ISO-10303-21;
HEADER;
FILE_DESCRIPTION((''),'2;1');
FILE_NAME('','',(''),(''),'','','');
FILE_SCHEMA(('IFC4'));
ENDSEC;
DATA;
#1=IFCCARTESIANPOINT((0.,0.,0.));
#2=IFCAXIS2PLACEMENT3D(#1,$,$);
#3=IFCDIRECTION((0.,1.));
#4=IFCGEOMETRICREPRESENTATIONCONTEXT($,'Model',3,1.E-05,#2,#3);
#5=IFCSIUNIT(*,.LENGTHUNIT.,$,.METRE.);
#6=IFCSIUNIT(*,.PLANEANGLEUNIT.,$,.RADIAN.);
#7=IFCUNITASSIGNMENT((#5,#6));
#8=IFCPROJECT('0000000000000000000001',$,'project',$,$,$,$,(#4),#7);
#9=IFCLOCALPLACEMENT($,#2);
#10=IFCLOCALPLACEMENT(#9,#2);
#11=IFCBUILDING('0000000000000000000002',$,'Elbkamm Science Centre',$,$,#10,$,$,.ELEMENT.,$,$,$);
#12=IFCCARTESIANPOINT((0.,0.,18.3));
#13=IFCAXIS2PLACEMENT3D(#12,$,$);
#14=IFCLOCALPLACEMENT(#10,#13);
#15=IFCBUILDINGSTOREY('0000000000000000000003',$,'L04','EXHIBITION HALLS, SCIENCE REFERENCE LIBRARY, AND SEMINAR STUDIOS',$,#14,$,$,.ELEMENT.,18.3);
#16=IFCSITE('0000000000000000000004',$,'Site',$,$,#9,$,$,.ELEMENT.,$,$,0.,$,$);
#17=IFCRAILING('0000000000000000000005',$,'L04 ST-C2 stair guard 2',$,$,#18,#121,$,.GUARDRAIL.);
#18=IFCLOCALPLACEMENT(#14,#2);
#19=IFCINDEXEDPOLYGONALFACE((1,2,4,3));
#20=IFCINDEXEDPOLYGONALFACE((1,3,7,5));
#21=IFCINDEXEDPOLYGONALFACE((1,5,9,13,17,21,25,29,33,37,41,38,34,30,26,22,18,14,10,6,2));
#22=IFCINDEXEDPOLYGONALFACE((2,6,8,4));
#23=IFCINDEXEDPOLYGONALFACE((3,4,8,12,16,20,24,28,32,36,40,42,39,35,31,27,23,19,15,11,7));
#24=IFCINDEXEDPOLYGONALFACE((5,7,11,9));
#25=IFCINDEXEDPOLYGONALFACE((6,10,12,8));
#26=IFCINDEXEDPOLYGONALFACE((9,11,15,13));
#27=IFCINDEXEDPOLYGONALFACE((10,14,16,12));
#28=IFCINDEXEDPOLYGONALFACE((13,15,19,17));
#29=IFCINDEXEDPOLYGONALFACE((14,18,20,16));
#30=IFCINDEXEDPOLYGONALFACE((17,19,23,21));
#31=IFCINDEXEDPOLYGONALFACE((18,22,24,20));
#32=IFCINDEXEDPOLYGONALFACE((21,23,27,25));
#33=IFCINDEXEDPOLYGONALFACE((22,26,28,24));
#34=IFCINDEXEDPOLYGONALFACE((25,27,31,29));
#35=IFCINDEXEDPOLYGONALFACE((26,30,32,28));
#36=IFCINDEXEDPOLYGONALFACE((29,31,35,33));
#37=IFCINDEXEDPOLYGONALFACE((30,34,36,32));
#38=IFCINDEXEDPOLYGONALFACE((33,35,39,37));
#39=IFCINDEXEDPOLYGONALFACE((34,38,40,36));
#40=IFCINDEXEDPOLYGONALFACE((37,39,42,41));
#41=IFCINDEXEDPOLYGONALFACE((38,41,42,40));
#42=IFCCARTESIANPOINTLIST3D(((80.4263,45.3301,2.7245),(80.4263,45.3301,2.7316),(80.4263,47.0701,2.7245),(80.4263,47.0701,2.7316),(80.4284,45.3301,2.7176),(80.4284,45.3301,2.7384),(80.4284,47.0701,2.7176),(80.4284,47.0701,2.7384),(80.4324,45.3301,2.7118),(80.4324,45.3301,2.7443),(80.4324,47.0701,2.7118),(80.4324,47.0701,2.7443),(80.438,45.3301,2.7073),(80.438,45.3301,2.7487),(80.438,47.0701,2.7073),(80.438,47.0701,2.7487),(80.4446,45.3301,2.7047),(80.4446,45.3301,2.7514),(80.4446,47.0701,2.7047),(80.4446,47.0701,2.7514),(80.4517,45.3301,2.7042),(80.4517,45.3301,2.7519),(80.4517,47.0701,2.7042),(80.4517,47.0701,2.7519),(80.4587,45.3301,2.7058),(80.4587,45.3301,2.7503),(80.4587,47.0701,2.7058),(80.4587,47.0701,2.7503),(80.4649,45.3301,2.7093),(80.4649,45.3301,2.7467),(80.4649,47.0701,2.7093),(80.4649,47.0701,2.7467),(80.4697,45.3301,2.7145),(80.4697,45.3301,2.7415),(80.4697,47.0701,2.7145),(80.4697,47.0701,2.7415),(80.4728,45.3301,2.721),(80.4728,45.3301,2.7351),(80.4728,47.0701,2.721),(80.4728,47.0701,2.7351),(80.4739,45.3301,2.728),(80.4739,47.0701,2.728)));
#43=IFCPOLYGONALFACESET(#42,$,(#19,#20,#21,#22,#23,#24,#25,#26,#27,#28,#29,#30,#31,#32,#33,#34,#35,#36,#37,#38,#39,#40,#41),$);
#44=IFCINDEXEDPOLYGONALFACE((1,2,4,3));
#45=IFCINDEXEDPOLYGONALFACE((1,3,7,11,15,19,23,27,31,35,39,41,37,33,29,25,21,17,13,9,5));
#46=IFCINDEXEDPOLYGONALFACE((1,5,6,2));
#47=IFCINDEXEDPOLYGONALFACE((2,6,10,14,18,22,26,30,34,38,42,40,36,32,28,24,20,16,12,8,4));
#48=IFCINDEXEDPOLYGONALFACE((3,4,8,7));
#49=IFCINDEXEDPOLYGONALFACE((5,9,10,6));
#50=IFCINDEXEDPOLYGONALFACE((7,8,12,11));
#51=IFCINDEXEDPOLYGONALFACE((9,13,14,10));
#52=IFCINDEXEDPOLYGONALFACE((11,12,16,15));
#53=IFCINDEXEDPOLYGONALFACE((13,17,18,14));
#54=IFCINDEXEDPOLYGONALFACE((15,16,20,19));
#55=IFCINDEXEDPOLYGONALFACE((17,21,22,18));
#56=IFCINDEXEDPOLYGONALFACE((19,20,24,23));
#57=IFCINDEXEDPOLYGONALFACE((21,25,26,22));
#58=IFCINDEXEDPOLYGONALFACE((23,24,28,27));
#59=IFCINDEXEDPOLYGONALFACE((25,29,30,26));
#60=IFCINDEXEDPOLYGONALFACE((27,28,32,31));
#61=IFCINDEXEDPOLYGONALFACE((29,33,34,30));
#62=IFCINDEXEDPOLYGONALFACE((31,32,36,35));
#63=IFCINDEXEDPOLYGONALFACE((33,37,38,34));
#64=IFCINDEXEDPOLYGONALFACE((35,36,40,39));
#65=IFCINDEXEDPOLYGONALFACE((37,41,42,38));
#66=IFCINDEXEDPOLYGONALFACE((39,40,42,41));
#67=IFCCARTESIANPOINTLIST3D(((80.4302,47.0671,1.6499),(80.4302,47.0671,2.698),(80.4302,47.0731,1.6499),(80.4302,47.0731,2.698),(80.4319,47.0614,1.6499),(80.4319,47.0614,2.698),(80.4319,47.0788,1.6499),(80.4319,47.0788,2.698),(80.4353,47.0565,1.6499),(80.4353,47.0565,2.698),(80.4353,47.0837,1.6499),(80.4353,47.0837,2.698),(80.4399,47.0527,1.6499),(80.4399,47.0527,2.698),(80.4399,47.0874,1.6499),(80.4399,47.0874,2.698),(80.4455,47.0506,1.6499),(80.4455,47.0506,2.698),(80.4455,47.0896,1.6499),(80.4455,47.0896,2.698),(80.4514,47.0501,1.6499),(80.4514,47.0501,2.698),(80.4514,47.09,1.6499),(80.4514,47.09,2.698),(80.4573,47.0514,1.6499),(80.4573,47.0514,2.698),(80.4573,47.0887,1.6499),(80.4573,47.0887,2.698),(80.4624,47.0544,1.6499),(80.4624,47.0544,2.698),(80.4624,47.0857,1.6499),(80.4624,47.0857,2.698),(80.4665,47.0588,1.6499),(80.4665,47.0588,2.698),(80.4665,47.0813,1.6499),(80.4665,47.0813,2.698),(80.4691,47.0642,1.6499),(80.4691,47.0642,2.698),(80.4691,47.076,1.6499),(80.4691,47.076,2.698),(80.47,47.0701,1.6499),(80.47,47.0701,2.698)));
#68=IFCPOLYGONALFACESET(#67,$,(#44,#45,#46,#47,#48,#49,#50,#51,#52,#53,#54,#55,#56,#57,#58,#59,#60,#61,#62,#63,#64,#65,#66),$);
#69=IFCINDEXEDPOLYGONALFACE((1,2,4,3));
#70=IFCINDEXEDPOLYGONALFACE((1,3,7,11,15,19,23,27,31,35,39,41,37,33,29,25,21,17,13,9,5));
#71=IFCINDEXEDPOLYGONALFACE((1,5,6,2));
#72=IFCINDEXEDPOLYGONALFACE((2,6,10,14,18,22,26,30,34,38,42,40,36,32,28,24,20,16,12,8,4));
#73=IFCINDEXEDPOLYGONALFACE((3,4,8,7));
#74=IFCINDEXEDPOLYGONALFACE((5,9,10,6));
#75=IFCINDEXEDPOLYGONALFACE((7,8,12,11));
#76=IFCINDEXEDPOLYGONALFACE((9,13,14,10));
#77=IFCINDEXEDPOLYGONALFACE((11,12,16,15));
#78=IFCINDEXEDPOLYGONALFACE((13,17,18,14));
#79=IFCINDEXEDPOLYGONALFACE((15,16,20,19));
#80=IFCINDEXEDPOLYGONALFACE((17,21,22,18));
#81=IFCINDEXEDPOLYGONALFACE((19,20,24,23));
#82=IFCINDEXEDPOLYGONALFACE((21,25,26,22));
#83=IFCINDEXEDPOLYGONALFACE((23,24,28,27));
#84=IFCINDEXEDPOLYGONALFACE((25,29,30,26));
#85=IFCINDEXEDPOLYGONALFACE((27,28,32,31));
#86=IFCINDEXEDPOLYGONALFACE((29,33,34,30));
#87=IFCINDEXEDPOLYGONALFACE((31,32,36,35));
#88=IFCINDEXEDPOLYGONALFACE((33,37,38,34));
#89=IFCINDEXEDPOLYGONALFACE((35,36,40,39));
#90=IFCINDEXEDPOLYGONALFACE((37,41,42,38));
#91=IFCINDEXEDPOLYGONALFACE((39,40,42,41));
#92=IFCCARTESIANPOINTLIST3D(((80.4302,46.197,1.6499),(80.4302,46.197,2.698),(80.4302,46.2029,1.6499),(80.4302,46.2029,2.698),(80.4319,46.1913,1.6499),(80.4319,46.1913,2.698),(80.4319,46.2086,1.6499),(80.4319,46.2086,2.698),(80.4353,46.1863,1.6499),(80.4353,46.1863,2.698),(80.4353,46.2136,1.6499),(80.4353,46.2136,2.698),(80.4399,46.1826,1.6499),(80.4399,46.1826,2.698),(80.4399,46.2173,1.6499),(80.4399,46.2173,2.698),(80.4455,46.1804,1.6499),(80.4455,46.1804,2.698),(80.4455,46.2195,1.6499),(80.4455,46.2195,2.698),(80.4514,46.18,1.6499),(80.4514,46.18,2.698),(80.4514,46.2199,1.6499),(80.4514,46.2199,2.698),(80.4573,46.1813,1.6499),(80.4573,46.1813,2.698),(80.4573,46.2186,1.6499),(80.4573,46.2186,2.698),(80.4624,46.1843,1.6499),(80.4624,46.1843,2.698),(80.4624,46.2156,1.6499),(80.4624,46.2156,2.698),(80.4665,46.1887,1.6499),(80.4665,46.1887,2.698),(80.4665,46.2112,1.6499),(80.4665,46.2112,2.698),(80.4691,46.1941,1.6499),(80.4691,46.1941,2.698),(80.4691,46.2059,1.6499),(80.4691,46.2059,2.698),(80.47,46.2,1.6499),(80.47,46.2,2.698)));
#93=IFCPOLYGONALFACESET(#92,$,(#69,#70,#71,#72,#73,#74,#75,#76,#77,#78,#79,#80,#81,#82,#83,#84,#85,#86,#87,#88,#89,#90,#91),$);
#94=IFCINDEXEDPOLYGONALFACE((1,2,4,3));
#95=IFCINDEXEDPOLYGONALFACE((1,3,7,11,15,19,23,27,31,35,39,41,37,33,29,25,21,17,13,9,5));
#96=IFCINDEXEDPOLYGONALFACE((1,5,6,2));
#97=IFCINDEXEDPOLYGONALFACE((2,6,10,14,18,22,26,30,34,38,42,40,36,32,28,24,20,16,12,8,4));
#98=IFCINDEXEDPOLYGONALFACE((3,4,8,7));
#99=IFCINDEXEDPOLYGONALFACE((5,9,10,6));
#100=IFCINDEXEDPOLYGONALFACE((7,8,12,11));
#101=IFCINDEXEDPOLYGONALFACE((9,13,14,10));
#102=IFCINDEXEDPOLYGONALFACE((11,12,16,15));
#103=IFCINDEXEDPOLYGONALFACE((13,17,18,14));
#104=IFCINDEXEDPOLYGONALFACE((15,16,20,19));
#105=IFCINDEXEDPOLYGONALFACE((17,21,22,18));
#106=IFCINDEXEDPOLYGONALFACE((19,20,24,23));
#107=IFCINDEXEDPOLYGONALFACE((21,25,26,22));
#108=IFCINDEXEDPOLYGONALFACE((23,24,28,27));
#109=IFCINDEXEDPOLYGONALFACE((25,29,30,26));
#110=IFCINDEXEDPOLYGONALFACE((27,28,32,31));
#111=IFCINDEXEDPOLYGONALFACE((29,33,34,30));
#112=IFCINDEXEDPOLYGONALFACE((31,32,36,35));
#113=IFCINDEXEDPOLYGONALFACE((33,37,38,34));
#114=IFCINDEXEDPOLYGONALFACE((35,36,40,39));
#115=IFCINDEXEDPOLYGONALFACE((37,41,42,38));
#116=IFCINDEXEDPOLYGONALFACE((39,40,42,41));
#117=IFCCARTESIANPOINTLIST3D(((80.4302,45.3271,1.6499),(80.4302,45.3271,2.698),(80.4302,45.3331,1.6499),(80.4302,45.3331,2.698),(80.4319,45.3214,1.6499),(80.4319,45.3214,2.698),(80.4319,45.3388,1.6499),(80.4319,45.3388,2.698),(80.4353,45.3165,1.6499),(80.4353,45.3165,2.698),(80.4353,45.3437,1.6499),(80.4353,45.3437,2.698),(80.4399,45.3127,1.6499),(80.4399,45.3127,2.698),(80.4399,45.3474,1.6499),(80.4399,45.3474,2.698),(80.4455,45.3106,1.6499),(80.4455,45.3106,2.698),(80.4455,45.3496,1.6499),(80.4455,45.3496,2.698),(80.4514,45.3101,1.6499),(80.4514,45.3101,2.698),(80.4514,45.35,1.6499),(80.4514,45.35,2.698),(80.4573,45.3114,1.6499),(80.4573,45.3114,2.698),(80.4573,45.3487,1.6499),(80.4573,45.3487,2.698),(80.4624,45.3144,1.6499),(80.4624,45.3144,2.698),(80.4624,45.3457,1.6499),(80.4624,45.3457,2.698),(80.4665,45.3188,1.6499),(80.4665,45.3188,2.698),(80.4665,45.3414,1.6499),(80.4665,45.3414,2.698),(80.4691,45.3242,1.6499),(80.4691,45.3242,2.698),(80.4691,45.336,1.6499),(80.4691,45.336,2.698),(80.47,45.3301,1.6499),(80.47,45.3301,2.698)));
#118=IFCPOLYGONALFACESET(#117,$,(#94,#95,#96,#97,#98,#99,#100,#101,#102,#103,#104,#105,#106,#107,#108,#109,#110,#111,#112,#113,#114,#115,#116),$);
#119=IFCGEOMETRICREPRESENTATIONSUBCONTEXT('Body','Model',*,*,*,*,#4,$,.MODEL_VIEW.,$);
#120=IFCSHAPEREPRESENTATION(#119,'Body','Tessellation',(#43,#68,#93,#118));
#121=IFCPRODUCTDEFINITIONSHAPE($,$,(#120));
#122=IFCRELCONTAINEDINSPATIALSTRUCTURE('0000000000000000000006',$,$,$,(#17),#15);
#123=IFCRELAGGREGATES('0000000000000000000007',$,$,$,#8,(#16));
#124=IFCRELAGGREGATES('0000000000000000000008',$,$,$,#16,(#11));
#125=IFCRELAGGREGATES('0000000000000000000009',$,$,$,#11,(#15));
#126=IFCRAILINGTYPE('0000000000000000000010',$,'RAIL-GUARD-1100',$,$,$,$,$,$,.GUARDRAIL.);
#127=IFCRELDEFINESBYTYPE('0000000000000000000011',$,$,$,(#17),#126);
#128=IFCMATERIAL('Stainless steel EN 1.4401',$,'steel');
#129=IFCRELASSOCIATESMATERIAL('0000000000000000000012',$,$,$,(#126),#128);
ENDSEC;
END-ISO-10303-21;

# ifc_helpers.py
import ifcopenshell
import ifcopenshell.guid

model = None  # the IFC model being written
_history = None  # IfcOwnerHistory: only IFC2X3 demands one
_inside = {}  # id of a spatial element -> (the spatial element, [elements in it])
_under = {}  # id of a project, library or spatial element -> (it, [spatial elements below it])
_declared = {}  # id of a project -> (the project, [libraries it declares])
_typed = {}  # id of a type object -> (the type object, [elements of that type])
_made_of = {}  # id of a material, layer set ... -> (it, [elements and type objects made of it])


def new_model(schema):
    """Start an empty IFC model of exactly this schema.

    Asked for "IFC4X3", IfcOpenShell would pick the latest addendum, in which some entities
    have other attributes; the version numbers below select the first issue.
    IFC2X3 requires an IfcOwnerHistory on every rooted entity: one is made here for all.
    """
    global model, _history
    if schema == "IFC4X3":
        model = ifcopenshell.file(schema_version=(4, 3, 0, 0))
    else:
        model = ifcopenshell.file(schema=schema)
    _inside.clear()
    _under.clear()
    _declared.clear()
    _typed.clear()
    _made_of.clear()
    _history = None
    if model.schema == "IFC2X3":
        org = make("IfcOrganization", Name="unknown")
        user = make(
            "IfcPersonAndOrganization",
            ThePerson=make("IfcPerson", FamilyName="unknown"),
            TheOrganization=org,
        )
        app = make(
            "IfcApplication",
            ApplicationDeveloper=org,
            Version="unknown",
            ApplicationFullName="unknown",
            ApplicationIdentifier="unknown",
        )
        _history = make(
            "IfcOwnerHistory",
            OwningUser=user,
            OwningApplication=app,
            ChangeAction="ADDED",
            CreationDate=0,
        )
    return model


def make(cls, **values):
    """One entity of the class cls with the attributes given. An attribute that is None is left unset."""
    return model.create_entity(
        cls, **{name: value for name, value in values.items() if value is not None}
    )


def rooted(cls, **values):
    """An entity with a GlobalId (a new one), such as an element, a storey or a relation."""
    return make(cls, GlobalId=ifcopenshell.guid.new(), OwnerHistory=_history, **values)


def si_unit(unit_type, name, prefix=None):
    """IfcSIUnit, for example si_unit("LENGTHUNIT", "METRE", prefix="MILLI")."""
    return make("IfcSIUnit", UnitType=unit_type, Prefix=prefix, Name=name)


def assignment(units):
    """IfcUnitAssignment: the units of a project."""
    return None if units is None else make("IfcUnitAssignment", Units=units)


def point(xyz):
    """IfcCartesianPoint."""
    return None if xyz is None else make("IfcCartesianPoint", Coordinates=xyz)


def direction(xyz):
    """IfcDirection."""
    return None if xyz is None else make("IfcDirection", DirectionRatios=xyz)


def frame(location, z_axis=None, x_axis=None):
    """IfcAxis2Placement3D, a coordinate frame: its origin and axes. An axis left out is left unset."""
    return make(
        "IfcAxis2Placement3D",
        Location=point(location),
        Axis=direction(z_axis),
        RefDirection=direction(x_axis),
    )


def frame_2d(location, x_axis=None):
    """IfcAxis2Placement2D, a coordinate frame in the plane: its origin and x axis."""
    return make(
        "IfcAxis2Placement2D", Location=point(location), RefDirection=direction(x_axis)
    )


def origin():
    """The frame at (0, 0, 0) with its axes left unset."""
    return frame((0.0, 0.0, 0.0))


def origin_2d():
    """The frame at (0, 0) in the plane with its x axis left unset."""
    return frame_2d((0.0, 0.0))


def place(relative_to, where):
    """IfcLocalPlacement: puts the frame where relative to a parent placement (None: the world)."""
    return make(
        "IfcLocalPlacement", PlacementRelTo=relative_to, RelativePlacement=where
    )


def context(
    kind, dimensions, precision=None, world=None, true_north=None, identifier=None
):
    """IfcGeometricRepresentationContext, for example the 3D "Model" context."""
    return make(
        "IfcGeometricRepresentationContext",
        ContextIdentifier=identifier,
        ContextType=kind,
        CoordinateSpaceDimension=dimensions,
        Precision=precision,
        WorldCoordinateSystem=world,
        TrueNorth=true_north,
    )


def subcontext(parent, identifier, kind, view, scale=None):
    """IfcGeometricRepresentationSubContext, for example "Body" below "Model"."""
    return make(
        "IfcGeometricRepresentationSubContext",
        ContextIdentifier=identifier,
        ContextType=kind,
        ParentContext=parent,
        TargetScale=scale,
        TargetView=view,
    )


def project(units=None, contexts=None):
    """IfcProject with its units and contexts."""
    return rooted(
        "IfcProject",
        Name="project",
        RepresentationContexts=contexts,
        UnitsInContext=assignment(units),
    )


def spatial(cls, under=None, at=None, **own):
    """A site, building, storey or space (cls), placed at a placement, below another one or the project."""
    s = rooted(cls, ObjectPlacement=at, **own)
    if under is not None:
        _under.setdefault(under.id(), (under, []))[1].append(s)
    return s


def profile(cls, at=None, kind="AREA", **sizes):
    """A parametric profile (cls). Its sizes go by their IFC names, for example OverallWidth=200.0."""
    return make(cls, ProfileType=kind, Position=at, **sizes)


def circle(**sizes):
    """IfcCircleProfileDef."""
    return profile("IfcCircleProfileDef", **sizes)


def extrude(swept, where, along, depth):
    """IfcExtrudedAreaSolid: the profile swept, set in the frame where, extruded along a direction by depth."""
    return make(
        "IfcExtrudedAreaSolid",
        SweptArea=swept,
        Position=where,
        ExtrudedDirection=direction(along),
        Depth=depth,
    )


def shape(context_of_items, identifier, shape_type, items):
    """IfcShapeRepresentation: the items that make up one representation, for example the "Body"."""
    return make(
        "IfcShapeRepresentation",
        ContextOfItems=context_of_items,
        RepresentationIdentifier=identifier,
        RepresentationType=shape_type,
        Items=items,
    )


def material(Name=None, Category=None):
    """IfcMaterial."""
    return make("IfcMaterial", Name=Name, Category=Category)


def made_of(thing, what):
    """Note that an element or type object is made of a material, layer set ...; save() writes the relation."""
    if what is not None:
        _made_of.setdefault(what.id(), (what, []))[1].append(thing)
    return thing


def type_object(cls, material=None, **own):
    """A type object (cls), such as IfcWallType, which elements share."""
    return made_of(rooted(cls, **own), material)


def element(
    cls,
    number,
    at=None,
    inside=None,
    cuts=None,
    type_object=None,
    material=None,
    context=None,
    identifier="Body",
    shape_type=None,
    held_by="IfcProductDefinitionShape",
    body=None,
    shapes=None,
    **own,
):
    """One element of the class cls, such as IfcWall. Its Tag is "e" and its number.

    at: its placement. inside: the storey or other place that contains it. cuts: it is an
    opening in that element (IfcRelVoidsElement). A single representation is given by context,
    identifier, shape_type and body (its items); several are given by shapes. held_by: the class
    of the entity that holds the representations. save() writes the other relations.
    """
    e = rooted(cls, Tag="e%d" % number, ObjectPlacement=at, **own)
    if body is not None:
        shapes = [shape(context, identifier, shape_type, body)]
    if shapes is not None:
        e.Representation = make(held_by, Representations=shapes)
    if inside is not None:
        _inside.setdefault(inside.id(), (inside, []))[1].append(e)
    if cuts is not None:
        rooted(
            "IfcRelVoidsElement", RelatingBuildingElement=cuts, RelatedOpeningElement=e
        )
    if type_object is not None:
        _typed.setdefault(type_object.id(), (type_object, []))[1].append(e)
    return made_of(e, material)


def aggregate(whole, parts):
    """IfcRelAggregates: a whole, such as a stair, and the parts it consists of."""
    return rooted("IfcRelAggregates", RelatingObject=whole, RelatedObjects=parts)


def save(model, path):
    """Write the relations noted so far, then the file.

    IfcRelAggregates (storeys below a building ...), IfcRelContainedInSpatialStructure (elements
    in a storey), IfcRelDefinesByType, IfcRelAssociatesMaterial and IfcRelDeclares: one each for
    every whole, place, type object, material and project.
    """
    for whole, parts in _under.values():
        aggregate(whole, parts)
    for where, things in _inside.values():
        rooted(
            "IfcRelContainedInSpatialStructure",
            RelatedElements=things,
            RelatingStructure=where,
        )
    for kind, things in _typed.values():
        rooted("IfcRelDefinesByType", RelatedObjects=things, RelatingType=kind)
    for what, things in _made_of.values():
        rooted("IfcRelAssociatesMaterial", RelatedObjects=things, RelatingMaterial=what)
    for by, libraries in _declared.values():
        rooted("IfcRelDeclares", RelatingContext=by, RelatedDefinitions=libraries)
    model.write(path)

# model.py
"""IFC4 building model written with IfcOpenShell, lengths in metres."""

from ifc_helpers import new_model, si_unit, direction, frame, origin, origin_2d, place, context, subcontext, project, spatial, circle, extrude, material, type_object, element, save


model = new_model("IFC4")

# Units and contexts
model_context = context("Model", 3, precision=1e-05, world=origin(), true_north=direction((0.0, 1.0)))
body_context = subcontext(model_context, "Body", "Model", "MODEL_VIEW")
ifc_project = project(units=[si_unit("LENGTHUNIT", "METRE"), si_unit("PLANEANGLEUNIT", "RADIAN")], contexts=[model_context])

# Site, building, storey
site_placement = place(None, origin())
site = spatial("IfcSite", under=ifc_project, at=site_placement, Name="Site", CompositionType="ELEMENT", RefElevation=0.0)
building_placement = place(site_placement, origin())
building = spatial("IfcBuilding", under=site, at=building_placement, Name="Elbkamm Science Centre", CompositionType="ELEMENT")
storey_placement = place(building_placement, frame((0.0, 0.0, 18.3)))
storey = spatial("IfcBuildingStorey", under=building, at=storey_placement, Name="L04", Description="EXHIBITION HALLS, SCIENCE REFERENCE LIBRARY, AND SEMINAR STUDIOS", CompositionType="ELEMENT", Elevation=18.3)

# Railing
ifc_material_1 = material(Name="Stainless steel EN 1.4401", Category="steel")
railing_type_1 = type_object("IfcRailingType", Name="RAIL-GUARD-1100", PredefinedType="GUARDRAIL", material=ifc_material_1)
railing_1_placement = place(storey_placement, frame((80.45, 47.0701, 1.6499)))
element("IfcRailing", 1, at=railing_1_placement, inside=storey, type_object=railing_type_1, Name="L04 ST-C2 stair guard 2", PredefinedType="GUARDRAIL", context=body_context, shape_type="SweptSolid", body=[
    extrude(circle(Radius=0.0239, at=origin_2d()), frame((0.0, 0.0, 1.0781), z_axis=(0.0, -1.0, 0.0), x_axis=(1.0, 0.0, 0.0)), (0.0, 0.0, 1.0), 1.74),
    extrude(circle(Radius=0.02, at=origin_2d()), origin(), (0.0, 0.0, 1.0), 1.0481),
    extrude(circle(Radius=0.02, at=origin_2d()), frame((0.0, -0.8701, 0.0)), (0.0, 0.0, 1.0), 1.0481),
    extrude(circle(Radius=0.02, at=origin_2d()), frame((0.0, -1.74, 0.0)), (0.0, 0.0, 1.0), 1.0481),
])

save(model, "model.ifc")
